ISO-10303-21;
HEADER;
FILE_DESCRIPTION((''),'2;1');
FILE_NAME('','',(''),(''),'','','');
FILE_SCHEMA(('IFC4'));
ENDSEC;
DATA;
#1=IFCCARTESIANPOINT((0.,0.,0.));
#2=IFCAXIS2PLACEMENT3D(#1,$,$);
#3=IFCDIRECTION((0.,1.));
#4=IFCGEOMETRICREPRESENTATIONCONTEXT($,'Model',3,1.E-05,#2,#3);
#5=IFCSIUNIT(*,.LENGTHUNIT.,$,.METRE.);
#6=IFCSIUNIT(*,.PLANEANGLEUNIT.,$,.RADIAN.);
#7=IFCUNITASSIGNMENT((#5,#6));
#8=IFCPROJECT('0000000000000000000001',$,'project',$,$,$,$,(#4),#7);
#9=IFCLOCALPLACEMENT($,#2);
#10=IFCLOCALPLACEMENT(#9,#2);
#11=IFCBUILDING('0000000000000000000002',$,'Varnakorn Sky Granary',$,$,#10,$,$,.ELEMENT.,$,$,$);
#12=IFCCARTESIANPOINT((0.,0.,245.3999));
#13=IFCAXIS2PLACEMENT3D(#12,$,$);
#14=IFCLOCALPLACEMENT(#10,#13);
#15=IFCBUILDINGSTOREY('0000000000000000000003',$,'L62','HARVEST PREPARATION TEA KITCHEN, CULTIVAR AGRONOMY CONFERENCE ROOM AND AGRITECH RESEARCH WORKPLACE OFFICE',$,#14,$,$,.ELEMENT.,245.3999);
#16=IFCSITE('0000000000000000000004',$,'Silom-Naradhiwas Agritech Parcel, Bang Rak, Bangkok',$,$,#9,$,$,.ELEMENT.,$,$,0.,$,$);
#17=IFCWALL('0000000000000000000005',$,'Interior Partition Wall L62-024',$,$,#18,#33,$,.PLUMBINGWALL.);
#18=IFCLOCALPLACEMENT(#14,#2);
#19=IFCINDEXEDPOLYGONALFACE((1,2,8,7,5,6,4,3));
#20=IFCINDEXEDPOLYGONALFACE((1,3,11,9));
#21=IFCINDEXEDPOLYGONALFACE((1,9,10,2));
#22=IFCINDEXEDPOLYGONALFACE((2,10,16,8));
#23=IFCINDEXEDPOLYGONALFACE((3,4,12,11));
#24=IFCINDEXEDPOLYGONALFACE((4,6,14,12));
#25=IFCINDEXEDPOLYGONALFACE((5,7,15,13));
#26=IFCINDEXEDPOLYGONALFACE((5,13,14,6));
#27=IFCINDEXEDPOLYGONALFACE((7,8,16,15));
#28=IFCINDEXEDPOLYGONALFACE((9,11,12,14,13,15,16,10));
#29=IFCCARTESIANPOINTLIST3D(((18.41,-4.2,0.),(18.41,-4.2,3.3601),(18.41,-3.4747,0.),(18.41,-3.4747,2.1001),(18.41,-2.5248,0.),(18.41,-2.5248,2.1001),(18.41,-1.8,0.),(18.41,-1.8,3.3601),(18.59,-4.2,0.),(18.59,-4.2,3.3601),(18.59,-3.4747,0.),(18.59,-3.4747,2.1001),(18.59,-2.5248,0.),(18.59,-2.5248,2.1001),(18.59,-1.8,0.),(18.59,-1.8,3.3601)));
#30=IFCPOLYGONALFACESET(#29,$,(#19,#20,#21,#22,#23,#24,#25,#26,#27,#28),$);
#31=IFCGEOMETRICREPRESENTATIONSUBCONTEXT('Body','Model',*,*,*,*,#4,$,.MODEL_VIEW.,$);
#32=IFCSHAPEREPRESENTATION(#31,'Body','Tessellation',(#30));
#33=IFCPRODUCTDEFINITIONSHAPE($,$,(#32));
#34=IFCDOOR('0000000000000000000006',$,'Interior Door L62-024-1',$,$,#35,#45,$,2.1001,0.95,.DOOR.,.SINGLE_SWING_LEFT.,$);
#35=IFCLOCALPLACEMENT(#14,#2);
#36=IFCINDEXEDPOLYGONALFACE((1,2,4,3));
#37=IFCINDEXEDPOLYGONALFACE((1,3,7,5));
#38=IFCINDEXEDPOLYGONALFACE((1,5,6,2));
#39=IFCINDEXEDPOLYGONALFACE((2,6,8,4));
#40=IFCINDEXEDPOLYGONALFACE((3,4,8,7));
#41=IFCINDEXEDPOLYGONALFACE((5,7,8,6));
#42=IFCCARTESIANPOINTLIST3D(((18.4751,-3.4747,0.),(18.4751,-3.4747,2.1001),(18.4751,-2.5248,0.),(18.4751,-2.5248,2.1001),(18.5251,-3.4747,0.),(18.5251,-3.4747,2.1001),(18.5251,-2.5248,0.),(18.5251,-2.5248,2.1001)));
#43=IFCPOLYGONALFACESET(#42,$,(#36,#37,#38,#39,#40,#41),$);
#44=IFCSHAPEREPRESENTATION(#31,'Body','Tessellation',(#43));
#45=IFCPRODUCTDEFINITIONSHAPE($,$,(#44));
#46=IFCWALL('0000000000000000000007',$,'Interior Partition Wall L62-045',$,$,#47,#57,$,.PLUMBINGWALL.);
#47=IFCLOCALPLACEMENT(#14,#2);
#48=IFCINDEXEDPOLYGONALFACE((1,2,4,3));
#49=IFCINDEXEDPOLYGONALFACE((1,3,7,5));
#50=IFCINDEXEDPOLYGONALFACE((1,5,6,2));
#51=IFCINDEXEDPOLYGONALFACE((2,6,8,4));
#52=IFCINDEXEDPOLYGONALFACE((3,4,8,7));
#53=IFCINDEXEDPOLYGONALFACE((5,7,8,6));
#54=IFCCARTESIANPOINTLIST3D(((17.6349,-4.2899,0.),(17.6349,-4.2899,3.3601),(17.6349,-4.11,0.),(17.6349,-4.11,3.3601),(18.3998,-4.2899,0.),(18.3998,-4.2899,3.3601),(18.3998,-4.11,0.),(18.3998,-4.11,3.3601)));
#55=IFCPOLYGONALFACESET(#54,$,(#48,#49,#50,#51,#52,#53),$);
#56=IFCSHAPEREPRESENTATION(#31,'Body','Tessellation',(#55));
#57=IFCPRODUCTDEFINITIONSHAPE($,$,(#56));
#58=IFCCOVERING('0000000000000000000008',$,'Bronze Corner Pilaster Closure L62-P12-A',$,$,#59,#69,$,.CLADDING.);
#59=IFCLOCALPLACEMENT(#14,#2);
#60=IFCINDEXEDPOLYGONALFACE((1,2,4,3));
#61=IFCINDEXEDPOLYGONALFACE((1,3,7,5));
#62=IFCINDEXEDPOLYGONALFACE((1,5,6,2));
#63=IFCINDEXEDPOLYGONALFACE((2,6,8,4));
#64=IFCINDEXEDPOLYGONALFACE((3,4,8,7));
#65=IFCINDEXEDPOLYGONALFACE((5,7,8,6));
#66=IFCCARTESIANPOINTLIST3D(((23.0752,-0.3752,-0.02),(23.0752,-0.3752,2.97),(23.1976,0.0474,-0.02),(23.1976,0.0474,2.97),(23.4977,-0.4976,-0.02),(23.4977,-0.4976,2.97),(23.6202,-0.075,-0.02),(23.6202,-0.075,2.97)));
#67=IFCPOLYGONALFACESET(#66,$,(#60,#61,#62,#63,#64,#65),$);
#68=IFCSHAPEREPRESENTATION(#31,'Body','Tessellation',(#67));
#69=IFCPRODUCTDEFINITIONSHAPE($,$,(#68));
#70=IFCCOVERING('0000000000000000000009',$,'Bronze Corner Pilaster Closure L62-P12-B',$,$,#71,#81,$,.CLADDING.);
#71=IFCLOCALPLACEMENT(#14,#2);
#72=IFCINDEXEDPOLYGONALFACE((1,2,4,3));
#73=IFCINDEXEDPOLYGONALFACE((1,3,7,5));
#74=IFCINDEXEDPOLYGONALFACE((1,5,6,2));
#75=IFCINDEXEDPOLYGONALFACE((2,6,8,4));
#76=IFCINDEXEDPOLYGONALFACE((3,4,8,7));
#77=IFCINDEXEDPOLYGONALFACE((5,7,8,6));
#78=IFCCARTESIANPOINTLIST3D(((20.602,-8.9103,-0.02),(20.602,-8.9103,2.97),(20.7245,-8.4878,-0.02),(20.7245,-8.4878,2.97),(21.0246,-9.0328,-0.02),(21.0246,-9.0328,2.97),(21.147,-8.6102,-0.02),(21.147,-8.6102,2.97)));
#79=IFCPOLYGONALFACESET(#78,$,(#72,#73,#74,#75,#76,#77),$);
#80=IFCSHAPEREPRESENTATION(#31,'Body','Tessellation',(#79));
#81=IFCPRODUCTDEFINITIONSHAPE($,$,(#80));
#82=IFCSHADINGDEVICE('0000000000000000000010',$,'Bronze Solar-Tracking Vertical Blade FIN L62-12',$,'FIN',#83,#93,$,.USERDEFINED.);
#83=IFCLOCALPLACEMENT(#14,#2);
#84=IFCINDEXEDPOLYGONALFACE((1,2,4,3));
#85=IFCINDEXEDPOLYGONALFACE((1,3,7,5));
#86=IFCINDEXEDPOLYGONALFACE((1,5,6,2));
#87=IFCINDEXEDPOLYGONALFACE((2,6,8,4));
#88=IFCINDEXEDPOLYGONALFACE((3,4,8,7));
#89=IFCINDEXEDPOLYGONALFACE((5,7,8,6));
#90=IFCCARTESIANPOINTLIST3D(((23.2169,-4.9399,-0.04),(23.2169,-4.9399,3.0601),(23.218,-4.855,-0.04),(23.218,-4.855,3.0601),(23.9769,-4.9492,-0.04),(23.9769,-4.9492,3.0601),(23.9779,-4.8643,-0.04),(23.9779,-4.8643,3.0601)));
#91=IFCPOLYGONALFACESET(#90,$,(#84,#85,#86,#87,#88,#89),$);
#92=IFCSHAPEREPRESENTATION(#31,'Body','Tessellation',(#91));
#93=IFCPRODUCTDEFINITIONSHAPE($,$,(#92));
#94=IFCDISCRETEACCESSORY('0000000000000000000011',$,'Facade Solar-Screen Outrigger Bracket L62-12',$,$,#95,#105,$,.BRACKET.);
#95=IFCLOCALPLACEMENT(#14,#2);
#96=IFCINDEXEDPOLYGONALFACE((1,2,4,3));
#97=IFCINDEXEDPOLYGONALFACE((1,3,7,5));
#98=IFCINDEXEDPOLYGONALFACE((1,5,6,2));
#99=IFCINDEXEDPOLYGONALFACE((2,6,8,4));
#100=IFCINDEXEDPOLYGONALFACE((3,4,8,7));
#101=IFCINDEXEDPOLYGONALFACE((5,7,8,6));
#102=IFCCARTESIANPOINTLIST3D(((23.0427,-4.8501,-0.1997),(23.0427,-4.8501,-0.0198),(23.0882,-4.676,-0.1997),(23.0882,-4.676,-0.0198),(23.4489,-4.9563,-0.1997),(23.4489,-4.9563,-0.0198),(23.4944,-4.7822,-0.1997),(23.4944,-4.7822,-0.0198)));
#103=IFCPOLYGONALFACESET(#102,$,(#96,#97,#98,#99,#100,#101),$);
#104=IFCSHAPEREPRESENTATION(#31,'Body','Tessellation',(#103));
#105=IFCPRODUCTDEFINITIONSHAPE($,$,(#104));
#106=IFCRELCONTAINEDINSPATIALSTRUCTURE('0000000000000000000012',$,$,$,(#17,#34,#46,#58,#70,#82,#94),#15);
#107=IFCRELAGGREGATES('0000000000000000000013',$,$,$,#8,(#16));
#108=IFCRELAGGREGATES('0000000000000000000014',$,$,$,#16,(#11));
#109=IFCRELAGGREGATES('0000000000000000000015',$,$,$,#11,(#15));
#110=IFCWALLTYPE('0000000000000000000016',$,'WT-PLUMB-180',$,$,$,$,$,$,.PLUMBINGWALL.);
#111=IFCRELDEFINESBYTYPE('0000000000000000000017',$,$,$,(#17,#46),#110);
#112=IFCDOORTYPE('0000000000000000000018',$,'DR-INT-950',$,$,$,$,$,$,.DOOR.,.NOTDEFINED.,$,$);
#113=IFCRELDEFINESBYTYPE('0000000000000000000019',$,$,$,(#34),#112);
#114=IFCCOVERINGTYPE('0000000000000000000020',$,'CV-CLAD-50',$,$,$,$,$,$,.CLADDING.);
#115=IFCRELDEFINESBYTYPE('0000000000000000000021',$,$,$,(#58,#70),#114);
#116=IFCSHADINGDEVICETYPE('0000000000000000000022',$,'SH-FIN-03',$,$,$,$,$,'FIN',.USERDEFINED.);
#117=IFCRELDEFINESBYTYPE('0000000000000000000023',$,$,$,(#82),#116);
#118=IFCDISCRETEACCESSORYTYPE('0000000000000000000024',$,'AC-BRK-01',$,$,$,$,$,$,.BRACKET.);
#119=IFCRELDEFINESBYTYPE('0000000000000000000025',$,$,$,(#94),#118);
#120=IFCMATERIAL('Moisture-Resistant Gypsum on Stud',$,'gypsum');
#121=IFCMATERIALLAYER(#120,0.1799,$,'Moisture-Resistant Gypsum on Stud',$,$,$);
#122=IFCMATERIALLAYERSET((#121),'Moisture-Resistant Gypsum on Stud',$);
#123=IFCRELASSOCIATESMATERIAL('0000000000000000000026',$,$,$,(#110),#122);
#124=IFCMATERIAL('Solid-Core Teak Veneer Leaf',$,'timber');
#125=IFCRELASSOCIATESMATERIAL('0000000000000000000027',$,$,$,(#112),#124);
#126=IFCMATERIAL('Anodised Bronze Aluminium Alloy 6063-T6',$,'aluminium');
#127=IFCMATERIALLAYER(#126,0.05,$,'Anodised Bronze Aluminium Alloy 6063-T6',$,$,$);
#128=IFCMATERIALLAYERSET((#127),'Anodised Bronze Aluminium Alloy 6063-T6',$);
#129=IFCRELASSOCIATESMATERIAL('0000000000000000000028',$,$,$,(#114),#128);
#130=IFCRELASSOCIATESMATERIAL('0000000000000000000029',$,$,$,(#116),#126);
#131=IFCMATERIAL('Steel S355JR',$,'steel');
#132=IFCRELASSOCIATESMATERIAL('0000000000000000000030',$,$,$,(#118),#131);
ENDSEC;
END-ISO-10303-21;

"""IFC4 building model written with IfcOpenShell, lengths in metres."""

from ifc_helpers import new_model, si_unit, direction, frame, frame_2d, origin, origin_2d, place, context, subcontext, project, spatial, rectangle, extrude, source, transform, mapped, material, layer, layer_set, type_object, type_shapes, element, fill, save


model = new_model("IFC4")

# Units and contexts
model_context = context("Model", 3, precision=1e-05, world=origin(), true_north=direction((0.0, 1.0)))
body_context = subcontext(model_context, "Body", "Model", "MODEL_VIEW")
ifc_project = project(units=[si_unit("LENGTHUNIT", "METRE"), si_unit("PLANEANGLEUNIT", "RADIAN")], contexts=[model_context])

# Site, building, storey
site_placement = place(None, origin())
site = spatial("IfcSite", under=ifc_project, at=site_placement, Name="Silom-Naradhiwas Agritech Parcel, Bang Rak, Bangkok", CompositionType="ELEMENT", RefElevation=0.0)
building_placement = place(site_placement, origin())
building = spatial("IfcBuilding", under=site, at=building_placement, Name="Varnakorn Sky Granary", CompositionType="ELEMENT")
storey_placement = place(building_placement, frame((0.0, 0.0, 245.3999)))
storey = spatial("IfcBuildingStorey", under=building, at=storey_placement, Name="L62", Description="HARVEST PREPARATION TEA KITCHEN, CULTIVAR AGRONOMY CONFERENCE ROOM AND AGRITECH RESEARCH WORKPLACE OFFICE", CompositionType="ELEMENT", Elevation=245.3999)

# Shared definitions
ifc_material_1 = material(Name="Steel S355JR", Category="steel")

# Shared definitions
ifc_material_2 = material(Name="Anodised Bronze Aluminium Alloy 6063-T6", Category="aluminium")

# Wall, opening, door
ifc_material_3 = material(Name="Moisture-Resistant Gypsum on Stud", Category="gypsum")
ifc_layer_1 = layer(ifc_material_3, 0.1799, Name="Moisture-Resistant Gypsum on Stud")
ifc_layer_set_1 = layer_set([ifc_layer_1], Name="Moisture-Resistant Gypsum on Stud")
wall_type_1 = type_object("IfcWallType", Name="WT-PLUMB-180", PredefinedType="PLUMBINGWALL", material=ifc_layer_set_1)
wall_1_placement = place(storey_placement, frame((18.5, -4.2, 0.0), z_axis=(0.0, 0.0, 1.0), x_axis=(0.0, 1.0, 0.0)))
wall_1 = element("IfcWall", 1, at=wall_1_placement, inside=storey, type_object=wall_type_1, Name="Interior Partition Wall L62-024", PredefinedType="PLUMBINGWALL", context=body_context, shape_type="SweptSolid", body=[
    extrude(rectangle(XDim=2.3999, YDim=0.1799, at=frame_2d((1.2, 0.0))), origin(), (0.0, 0.0, 1.0), 3.3601),
])
opening_placement = place(wall_1_placement, frame((0.7251, 0.0, 0.0)))
opening = element("IfcOpeningElement", 2, at=opening_placement, cuts=wall_1, PredefinedType="OPENING", context=body_context, shape_type="SweptSolid", body=[
    extrude(rectangle(XDim=0.95, YDim=2.1001, at=frame_2d((0.4751, 1.05))), frame((0.0, 0.1001, 0.0), z_axis=(0.0, -1.0, 0.0), x_axis=(1.0, 0.0, 0.0)), (0.0, 0.0, 1.0), 0.2),
])
ifc_material_4 = material(Name="Solid-Core Teak Veneer Leaf", Category="timber")
door_type = type_object("IfcDoorType", Name="DR-INT-950", OperationType="NOTDEFINED", PredefinedType="DOOR", material=ifc_material_4)
door_placement = place(opening_placement, origin())
door = element("IfcDoor", 3, at=door_placement, inside=storey, type_object=door_type, Name="Interior Door L62-024-1", OperationType="SINGLE_SWING_LEFT", OverallHeight=2.1001, OverallWidth=0.95, PredefinedType="DOOR", context=body_context, shape_type="SweptSolid", body=[
    extrude(rectangle(XDim=0.95, YDim=2.1001, at=frame_2d((0.4751, 1.05))), frame((0.0, 0.0249, 0.0), z_axis=(0.0, -1.0, 0.0), x_axis=(1.0, 0.0, 0.0)), (0.0, 0.0, 1.0), 0.05),
])
fill(opening, door)

# Wall
wall_2_placement = place(storey_placement, frame((17.635, -4.2, 0.0), z_axis=(0.0, 0.0, 1.0), x_axis=(1.0, 0.0, 0.0)))
element("IfcWall", 4, at=wall_2_placement, inside=storey, type_object=wall_type_1, Name="Interior Partition Wall L62-045", PredefinedType="PLUMBINGWALL", context=body_context, shape_type="SweptSolid", body=[
    extrude(rectangle(XDim=0.7649, YDim=0.1799, at=frame_2d((0.3823, 0.0))), origin(), (0.0, 0.0, 1.0), 3.3601),
])

# Coverings
ifc_layer_2 = layer(ifc_material_2, 0.05, Name="Anodised Bronze Aluminium Alloy 6063-T6")
ifc_layer_set_2 = layer_set([ifc_layer_2], Name="Anodised Bronze Aluminium Alloy 6063-T6")
covering_type = type_object("IfcCoveringType", Name="CV-CLAD-50", PredefinedType="CLADDING", material=ifc_layer_set_2)
shared_shape_1 = source(origin(), body_context, "Body", "SweptSolid", [
    extrude(rectangle(XDim=0.4399, YDim=0.4399, at=origin_2d()), origin(), (0.0, 0.0, 1.0), 2.99),
])
type_shapes(covering_type, [shared_shape_1])
for number, where, z_axis, x_axis, name in (
    (5, (23.3477, -0.2251, -0.02), (0.0, 0.0, 1.0), (-0.278321, -0.960488, 0.0), "Bronze Corner Pilaster Closure L62-P12-A"),
    (6, (20.8745, -8.7603, -0.02), (0.0, 0.0, 1.0), (-0.278321, -0.960488, 0.0), "Bronze Corner Pilaster Closure L62-P12-B"),
):
    element("IfcCovering", number, at=place(storey_placement, frame(where, z_axis=z_axis, x_axis=x_axis)), inside=storey, type_object=covering_type, Name=name, PredefinedType="CLADDING", context=body_context, shape_type="MappedRepresentation", body=[
        mapped(shared_shape_1, transform((0.0, 0.0, 0.0), x_axis=(1.0, 0.0, 0.0), y_axis=(0.0, 1.0, 0.0), z_axis=(0.0, 0.0, 1.0), scale=1.0)),
    ])

# Shading device
shading_device_type = type_object("IfcShadingDeviceType", Name="SH-FIN-03", ElementType="FIN", PredefinedType="USERDEFINED", material=ifc_material_2)
shared_shape_2 = source(origin(), body_context, "Body", "SweptSolid", [
    extrude(rectangle(XDim=0.085, YDim=0.76, at=origin_2d()), origin(), (0.0, 0.0, 1.0), 3.1001),
])
type_shapes(shading_device_type, [shared_shape_2])
shading_device_placement = place(storey_placement, frame((23.5974, -4.9021, -0.04), z_axis=(0.0, 0.0, 1.0), x_axis=(0.012249, 0.999925, 0.0)))
element("IfcShadingDevice", 7, at=shading_device_placement, inside=storey, type_object=shading_device_type, Name="Bronze Solar-Tracking Vertical Blade FIN L62-12", ObjectType="FIN", PredefinedType="USERDEFINED", context=body_context, shape_type="MappedRepresentation", body=[
    mapped(shared_shape_2, transform((0.0, 0.0, 0.0), x_axis=(1.0, 0.0, 0.0), y_axis=(0.0, 1.0, 0.0), z_axis=(0.0, 0.0, 1.0), scale=1.0)),
])

# Discrete accessory
discrete_accessory_type = type_object("IfcDiscreteAccessoryType", Name="AC-BRK-01", PredefinedType="BRACKET", material=ifc_material_1)
shared_shape_3 = source(origin(), body_context, "Body", "SweptSolid", [
    extrude(rectangle(XDim=0.1799, YDim=0.4199, at=origin_2d()), origin(), (0.0, 0.0, 1.0), 0.1799),
])
type_shapes(discrete_accessory_type, [shared_shape_3])
discrete_accessory_placement = place(storey_placement, frame((23.2686, -4.8162, -0.1997), z_axis=(0.0, 0.0, 1.0), x_axis=(0.252979, 0.967472, 0.0)))
element("IfcDiscreteAccessory", 8, at=discrete_accessory_placement, inside=storey, type_object=discrete_accessory_type, Name="Facade Solar-Screen Outrigger Bracket L62-12", PredefinedType="BRACKET", context=body_context, shape_type="MappedRepresentation", body=[
    mapped(shared_shape_3, transform((0.0, 0.0, 0.0), x_axis=(1.0, 0.0, 0.0), y_axis=(0.0, 1.0, 0.0), z_axis=(0.0, 0.0, 1.0), scale=1.0)),
])

save(model, "model.ifc")
